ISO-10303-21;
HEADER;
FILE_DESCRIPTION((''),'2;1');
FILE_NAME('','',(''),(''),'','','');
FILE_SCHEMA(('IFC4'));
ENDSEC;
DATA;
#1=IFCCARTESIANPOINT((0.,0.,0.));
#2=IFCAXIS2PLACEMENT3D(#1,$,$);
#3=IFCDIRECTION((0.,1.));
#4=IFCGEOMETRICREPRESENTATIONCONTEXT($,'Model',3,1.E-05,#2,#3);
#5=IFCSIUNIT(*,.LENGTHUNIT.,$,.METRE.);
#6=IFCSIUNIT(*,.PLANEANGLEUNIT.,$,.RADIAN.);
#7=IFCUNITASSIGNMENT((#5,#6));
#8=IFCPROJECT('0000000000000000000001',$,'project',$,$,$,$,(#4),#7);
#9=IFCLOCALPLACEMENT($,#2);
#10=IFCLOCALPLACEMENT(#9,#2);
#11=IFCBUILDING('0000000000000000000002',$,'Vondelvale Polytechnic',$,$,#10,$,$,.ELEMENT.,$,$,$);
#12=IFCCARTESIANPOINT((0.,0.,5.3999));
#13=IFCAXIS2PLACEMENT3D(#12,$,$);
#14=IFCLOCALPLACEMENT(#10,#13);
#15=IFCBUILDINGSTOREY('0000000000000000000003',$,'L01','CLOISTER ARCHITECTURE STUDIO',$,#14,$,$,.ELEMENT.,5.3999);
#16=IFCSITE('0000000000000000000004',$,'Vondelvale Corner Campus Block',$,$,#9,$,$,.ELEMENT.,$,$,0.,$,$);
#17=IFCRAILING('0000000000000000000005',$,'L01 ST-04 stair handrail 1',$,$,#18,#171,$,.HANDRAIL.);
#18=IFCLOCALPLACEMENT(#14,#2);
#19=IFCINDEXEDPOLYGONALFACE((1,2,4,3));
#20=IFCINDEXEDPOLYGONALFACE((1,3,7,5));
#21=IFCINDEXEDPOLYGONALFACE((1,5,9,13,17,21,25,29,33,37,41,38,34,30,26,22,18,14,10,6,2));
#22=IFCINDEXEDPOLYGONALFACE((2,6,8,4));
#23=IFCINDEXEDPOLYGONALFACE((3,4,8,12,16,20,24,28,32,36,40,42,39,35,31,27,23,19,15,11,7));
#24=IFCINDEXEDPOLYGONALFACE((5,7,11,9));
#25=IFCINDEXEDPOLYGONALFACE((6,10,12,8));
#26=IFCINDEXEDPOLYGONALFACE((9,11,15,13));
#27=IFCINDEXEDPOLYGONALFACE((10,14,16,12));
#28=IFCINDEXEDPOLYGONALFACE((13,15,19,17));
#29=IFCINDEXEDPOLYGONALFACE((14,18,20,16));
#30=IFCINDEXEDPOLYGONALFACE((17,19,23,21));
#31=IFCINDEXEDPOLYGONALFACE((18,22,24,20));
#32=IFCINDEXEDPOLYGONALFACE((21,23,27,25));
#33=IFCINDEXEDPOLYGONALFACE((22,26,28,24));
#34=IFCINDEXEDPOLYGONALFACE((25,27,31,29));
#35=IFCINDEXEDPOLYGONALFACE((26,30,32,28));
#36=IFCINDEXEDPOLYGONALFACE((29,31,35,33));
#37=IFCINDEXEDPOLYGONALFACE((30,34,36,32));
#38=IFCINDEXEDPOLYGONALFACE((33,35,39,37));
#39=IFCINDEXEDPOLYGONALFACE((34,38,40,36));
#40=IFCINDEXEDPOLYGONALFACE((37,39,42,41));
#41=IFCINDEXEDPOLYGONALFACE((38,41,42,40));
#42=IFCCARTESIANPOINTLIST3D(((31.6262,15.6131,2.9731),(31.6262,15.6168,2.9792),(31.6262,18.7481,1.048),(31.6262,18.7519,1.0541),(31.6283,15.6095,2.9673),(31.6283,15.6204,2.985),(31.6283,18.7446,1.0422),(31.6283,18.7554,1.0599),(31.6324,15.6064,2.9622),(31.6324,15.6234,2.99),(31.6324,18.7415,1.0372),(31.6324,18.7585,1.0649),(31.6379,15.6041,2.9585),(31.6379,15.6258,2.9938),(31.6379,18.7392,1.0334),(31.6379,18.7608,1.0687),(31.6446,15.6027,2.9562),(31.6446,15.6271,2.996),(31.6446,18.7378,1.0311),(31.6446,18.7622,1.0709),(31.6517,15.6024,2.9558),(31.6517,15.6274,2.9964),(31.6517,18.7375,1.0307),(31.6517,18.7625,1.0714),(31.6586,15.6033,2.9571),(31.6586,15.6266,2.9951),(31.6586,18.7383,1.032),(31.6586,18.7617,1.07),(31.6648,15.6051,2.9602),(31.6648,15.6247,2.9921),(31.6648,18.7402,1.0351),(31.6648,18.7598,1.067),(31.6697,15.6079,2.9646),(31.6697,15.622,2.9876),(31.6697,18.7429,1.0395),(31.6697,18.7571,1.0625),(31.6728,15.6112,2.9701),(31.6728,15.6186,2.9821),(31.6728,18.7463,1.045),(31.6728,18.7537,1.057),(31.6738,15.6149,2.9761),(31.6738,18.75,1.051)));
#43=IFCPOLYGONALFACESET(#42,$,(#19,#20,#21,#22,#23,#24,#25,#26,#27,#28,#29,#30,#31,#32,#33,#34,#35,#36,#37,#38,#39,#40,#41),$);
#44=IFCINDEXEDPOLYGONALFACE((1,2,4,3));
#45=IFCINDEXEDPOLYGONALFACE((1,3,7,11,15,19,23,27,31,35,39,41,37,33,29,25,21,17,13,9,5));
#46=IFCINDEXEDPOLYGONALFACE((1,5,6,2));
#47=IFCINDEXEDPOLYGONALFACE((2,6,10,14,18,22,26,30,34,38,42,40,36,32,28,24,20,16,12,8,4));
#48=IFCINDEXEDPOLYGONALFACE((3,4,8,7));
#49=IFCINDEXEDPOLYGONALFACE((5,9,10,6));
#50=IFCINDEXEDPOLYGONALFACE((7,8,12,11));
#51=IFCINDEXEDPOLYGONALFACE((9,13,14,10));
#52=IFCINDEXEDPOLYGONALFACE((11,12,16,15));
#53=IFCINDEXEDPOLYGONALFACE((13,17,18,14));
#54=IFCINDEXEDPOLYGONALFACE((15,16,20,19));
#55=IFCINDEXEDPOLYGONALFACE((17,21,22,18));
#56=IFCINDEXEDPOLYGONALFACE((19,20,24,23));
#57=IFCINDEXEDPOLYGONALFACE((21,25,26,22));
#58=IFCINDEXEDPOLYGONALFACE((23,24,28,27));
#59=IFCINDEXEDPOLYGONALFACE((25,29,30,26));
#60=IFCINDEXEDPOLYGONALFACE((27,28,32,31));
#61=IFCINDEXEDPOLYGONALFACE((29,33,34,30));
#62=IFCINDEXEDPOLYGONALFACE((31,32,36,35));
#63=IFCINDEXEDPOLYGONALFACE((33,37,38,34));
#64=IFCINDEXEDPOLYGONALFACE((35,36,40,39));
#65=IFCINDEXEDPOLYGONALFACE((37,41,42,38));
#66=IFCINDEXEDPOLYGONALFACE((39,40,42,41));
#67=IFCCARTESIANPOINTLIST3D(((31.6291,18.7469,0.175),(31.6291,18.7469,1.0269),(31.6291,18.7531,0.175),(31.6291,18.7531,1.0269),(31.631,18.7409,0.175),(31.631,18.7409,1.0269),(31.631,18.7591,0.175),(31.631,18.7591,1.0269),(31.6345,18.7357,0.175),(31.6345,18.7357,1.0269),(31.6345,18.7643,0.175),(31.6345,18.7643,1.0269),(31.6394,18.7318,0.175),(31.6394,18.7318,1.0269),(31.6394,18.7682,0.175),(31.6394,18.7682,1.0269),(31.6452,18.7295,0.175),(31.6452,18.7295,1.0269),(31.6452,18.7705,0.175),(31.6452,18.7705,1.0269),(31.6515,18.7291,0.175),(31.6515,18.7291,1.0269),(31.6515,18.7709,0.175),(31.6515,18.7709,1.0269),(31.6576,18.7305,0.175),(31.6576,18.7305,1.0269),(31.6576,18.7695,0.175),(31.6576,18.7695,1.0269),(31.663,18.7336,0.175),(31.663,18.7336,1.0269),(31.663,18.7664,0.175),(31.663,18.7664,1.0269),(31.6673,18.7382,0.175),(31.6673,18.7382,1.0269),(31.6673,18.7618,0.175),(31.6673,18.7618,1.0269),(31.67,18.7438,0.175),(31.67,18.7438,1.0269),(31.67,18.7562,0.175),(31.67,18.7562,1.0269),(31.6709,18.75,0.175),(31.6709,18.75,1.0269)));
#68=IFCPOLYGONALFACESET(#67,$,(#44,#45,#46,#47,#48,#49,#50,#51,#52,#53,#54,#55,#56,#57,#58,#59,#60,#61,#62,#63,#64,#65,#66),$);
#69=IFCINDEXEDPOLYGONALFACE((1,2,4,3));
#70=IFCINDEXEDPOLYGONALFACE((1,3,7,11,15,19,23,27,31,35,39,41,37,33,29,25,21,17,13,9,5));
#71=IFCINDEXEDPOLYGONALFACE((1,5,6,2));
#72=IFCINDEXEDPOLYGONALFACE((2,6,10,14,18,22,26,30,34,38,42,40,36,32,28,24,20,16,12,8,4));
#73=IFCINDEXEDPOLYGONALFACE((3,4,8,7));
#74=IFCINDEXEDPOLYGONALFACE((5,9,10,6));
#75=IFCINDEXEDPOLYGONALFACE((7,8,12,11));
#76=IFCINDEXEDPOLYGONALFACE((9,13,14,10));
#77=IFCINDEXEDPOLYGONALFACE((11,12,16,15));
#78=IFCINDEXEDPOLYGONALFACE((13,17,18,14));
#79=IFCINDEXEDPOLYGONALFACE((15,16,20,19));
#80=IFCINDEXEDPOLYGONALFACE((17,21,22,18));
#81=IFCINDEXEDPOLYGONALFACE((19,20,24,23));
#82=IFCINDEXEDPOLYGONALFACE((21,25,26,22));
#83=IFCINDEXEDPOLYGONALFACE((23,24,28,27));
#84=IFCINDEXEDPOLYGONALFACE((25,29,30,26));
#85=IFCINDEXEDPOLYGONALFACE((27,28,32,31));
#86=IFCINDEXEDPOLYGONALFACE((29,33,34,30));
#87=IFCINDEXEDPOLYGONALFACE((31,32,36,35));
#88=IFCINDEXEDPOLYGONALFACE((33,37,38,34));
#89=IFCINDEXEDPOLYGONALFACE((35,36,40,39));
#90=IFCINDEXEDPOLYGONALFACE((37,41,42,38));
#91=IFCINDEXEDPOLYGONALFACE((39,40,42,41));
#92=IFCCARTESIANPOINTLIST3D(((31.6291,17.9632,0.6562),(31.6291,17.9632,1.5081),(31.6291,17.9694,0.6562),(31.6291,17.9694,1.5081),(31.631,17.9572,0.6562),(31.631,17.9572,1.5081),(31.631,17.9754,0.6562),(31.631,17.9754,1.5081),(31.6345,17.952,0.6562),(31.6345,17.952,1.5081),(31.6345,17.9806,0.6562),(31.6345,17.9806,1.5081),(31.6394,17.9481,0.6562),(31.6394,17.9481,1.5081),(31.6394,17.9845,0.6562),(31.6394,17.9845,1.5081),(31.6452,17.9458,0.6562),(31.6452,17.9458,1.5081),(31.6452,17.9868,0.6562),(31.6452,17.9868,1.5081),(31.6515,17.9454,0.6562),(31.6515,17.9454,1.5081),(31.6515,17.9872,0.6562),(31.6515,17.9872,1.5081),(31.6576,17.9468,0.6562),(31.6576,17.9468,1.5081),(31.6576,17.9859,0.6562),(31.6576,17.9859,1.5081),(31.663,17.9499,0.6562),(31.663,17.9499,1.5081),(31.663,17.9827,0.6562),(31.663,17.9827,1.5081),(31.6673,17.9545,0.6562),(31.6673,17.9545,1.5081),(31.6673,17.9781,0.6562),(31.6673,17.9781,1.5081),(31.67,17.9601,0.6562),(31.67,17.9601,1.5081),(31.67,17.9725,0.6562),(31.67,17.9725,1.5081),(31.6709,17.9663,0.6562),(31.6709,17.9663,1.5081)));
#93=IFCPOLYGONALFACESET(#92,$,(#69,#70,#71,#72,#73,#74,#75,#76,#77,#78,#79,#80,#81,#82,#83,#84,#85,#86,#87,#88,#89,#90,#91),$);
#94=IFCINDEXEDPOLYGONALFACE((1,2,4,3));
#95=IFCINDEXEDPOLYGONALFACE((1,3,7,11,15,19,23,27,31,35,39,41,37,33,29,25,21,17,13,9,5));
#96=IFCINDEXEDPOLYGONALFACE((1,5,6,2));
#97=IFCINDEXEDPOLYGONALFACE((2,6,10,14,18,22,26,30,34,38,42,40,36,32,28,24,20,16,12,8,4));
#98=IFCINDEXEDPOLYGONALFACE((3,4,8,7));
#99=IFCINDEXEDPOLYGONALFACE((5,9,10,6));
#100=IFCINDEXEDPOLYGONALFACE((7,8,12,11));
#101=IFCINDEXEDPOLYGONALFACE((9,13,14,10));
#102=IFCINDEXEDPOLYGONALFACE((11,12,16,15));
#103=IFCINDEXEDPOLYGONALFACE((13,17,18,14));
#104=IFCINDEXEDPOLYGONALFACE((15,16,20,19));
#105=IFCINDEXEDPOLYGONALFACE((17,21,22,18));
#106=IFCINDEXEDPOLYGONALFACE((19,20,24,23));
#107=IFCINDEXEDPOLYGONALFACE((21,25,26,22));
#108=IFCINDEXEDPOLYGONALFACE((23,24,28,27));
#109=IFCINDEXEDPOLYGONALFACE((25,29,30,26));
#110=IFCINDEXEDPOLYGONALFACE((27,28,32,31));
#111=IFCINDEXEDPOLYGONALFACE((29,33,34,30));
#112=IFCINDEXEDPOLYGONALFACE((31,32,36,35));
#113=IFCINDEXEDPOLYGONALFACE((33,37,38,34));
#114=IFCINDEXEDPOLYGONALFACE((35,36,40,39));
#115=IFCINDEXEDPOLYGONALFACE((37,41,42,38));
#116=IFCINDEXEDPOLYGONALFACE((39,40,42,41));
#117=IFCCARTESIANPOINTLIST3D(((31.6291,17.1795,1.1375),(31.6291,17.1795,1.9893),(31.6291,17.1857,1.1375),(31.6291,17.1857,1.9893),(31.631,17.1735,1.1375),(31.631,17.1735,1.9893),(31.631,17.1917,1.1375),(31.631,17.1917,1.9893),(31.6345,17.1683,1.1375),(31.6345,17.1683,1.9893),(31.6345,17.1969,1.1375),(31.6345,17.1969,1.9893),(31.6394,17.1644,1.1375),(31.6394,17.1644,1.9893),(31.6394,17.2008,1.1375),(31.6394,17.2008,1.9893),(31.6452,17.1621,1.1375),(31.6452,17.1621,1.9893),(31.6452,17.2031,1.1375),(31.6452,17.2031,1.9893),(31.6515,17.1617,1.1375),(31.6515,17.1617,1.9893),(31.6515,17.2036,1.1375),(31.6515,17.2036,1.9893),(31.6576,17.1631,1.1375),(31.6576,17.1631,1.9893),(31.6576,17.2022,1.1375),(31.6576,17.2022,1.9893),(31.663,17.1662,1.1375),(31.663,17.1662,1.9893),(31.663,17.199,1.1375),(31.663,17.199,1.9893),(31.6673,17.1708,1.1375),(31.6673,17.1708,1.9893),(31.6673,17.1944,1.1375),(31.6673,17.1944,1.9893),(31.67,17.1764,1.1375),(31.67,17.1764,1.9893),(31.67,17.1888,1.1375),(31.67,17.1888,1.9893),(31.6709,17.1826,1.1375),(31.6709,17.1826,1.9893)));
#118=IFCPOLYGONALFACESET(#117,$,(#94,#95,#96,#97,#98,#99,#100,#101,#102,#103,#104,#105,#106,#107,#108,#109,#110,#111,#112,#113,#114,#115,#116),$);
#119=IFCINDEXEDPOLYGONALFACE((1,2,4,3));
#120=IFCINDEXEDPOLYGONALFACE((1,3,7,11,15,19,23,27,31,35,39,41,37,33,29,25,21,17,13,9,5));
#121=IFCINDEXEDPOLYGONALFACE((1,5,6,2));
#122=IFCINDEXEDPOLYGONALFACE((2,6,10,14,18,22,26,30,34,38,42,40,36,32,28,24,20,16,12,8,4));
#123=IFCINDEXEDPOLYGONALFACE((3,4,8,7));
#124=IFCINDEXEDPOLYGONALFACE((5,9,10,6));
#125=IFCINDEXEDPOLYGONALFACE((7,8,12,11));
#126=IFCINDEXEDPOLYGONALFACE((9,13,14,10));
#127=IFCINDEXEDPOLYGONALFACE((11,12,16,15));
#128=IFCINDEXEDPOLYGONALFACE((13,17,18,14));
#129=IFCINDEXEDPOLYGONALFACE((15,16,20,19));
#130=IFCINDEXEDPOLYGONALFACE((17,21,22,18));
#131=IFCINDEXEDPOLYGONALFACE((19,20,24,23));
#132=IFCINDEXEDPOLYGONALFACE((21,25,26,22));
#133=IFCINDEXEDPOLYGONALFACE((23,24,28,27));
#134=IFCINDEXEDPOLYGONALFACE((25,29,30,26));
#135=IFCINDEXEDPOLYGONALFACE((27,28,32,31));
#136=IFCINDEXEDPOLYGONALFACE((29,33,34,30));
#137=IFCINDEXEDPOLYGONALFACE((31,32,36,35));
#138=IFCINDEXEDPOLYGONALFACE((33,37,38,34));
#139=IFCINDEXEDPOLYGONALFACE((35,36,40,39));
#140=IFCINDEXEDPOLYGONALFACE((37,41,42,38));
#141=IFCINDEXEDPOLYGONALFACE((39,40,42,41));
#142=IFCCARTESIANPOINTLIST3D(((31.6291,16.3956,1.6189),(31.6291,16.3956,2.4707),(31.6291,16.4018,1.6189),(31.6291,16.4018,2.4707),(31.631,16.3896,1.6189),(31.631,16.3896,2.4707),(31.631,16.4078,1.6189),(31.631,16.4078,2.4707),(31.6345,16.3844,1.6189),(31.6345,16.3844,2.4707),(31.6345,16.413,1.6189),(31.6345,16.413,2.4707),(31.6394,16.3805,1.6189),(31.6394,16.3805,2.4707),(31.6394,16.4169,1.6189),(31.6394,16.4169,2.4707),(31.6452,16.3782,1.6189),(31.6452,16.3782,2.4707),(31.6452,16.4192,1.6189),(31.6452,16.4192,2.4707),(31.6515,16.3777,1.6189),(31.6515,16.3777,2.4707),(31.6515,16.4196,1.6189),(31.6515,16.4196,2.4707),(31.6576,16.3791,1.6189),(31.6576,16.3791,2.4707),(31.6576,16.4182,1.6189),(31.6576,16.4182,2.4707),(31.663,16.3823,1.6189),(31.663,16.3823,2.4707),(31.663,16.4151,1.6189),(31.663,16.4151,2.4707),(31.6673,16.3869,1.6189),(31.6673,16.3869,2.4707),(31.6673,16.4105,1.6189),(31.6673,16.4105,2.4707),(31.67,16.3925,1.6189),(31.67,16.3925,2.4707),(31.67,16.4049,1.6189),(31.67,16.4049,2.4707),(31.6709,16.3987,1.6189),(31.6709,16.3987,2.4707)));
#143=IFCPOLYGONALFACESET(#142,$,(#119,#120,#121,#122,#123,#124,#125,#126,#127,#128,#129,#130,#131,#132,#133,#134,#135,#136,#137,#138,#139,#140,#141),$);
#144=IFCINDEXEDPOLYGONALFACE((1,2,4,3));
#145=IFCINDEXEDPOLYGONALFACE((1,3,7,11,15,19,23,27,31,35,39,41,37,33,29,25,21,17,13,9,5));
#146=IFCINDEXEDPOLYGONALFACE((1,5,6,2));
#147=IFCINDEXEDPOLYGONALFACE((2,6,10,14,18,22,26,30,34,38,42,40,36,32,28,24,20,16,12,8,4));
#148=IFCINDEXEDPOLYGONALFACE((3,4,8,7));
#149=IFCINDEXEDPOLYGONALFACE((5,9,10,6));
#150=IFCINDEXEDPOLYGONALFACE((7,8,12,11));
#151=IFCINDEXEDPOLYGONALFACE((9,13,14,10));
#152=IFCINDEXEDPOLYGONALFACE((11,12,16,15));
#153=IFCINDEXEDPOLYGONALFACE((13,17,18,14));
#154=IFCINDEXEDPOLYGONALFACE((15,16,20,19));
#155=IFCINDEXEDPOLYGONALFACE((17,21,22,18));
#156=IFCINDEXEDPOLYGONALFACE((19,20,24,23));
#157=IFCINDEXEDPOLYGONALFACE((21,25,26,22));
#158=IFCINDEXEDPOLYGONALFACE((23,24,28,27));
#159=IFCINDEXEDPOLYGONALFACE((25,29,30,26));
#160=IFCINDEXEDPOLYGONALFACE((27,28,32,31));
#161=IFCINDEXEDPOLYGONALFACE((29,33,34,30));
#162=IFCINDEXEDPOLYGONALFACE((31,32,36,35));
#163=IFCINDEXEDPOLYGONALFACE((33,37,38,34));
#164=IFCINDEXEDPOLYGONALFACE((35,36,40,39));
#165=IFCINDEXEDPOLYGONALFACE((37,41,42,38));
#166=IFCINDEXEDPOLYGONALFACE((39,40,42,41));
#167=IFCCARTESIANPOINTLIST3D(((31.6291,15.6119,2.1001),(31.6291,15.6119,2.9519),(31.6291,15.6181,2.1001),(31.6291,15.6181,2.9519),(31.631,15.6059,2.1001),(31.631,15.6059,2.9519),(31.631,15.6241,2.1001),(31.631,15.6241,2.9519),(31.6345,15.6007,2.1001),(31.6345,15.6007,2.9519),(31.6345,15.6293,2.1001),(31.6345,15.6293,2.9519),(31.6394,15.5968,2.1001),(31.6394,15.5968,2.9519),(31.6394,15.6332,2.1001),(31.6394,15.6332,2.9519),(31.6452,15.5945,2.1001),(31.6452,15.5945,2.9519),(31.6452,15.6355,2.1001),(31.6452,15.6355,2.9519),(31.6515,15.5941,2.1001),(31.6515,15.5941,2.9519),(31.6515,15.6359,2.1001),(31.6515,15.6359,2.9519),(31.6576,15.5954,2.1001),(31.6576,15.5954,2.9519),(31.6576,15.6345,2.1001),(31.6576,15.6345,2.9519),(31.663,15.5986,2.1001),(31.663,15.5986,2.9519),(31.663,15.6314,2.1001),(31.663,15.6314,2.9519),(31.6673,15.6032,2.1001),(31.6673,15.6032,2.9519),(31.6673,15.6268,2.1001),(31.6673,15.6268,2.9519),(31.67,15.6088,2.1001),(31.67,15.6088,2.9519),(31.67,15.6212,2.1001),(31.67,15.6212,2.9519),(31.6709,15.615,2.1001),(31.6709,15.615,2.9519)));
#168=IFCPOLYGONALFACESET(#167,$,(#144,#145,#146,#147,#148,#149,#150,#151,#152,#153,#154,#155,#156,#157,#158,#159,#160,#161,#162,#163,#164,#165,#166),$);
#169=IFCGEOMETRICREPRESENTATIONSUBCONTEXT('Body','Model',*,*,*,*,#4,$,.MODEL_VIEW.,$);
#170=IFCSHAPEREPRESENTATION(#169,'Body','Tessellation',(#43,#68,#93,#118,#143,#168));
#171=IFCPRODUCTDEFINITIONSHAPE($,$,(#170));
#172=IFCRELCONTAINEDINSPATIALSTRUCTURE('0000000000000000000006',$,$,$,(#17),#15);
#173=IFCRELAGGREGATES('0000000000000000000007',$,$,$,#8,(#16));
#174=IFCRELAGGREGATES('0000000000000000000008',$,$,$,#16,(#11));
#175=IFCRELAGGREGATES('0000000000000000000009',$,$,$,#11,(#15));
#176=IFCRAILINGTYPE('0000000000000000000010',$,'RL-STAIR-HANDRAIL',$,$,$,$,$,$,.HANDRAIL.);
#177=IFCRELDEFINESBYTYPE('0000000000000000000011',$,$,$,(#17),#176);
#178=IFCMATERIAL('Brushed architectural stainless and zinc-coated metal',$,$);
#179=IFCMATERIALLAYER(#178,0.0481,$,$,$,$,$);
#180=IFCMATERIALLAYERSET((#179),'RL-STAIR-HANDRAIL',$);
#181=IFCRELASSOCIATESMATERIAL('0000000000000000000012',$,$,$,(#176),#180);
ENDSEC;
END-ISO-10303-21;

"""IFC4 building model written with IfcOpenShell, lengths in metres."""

from ifc_helpers import new_model, si_unit, direction, frame, origin, origin_2d, place, context, subcontext, project, spatial, circle, extrude, material, layer, layer_set, type_object, element, save


model = new_model("IFC4")

# Units and contexts
model_context = context("Model", 3, precision=1e-05, world=origin(), true_north=direction((0.0, 1.0)))
body_context = subcontext(model_context, "Body", "Model", "MODEL_VIEW")
ifc_project = project(units=[si_unit("LENGTHUNIT", "METRE"), si_unit("PLANEANGLEUNIT", "RADIAN")], contexts=[model_context])

# Site, building, storey
site_placement = place(None, origin())
site = spatial("IfcSite", under=ifc_project, at=site_placement, Name="Vondelvale Corner Campus Block", CompositionType="ELEMENT", RefElevation=0.0)
building_placement = place(site_placement, origin())
building = spatial("IfcBuilding", under=site, at=building_placement, Name="Vondelvale Polytechnic", CompositionType="ELEMENT")
storey_placement = place(building_placement, frame((0.0, 0.0, 5.3999)))
storey = spatial("IfcBuildingStorey", under=building, at=storey_placement, Name="L01", Description="CLOISTER ARCHITECTURE STUDIO", CompositionType="ELEMENT", Elevation=5.3999)

# Railing
ifc_material_1 = material(Name="Brushed architectural stainless and zinc-coated metal")
ifc_layer_1 = layer(ifc_material_1, 0.0481)
ifc_layer_set_1 = layer_set([ifc_layer_1], Name="RL-STAIR-HANDRAIL")
railing_type_1 = type_object("IfcRailingType", Name="RL-STAIR-HANDRAIL", PredefinedType="HANDRAIL", material=ifc_layer_set_1)
railing_1_placement = place(storey_placement, frame((31.6499, 18.75, 0.175)))
element("IfcRailing", 1, at=railing_1_placement, inside=storey, type_object=railing_type_1, Name="L01 ST-04 stair handrail 1", PredefinedType="HANDRAIL", context=body_context, shape_type="SweptSolid", body=[
    extrude(circle(Radius=0.0239, at=origin_2d()), frame((0.0, 0.0, 0.876), z_axis=(0.0, -0.852166, 0.523271), x_axis=(1.0, 0.0, 0.0)), (0.0, 0.0, 1.0), 3.679),
    extrude(circle(Radius=0.021, at=origin_2d()), origin(), (0.0, 0.0, 1.0), 0.8518),
    extrude(circle(Radius=0.021, at=origin_2d()), frame((0.0, -0.7837, 0.4812)), (0.0, 0.0, 1.0), 0.8518),
    extrude(circle(Radius=0.021, at=origin_2d()), frame((0.0, -1.5674, 0.9624)), (0.0, 0.0, 1.0), 0.8518),
    extrude(circle(Radius=0.021, at=origin_2d()), frame((0.0, -2.3513, 1.4438)), (0.0, 0.0, 1.0), 0.8518),
    extrude(circle(Radius=0.021, at=origin_2d()), frame((0.0, -3.135, 1.925)), (0.0, 0.0, 1.0), 0.8518),
])

save(model, "model.ifc")
